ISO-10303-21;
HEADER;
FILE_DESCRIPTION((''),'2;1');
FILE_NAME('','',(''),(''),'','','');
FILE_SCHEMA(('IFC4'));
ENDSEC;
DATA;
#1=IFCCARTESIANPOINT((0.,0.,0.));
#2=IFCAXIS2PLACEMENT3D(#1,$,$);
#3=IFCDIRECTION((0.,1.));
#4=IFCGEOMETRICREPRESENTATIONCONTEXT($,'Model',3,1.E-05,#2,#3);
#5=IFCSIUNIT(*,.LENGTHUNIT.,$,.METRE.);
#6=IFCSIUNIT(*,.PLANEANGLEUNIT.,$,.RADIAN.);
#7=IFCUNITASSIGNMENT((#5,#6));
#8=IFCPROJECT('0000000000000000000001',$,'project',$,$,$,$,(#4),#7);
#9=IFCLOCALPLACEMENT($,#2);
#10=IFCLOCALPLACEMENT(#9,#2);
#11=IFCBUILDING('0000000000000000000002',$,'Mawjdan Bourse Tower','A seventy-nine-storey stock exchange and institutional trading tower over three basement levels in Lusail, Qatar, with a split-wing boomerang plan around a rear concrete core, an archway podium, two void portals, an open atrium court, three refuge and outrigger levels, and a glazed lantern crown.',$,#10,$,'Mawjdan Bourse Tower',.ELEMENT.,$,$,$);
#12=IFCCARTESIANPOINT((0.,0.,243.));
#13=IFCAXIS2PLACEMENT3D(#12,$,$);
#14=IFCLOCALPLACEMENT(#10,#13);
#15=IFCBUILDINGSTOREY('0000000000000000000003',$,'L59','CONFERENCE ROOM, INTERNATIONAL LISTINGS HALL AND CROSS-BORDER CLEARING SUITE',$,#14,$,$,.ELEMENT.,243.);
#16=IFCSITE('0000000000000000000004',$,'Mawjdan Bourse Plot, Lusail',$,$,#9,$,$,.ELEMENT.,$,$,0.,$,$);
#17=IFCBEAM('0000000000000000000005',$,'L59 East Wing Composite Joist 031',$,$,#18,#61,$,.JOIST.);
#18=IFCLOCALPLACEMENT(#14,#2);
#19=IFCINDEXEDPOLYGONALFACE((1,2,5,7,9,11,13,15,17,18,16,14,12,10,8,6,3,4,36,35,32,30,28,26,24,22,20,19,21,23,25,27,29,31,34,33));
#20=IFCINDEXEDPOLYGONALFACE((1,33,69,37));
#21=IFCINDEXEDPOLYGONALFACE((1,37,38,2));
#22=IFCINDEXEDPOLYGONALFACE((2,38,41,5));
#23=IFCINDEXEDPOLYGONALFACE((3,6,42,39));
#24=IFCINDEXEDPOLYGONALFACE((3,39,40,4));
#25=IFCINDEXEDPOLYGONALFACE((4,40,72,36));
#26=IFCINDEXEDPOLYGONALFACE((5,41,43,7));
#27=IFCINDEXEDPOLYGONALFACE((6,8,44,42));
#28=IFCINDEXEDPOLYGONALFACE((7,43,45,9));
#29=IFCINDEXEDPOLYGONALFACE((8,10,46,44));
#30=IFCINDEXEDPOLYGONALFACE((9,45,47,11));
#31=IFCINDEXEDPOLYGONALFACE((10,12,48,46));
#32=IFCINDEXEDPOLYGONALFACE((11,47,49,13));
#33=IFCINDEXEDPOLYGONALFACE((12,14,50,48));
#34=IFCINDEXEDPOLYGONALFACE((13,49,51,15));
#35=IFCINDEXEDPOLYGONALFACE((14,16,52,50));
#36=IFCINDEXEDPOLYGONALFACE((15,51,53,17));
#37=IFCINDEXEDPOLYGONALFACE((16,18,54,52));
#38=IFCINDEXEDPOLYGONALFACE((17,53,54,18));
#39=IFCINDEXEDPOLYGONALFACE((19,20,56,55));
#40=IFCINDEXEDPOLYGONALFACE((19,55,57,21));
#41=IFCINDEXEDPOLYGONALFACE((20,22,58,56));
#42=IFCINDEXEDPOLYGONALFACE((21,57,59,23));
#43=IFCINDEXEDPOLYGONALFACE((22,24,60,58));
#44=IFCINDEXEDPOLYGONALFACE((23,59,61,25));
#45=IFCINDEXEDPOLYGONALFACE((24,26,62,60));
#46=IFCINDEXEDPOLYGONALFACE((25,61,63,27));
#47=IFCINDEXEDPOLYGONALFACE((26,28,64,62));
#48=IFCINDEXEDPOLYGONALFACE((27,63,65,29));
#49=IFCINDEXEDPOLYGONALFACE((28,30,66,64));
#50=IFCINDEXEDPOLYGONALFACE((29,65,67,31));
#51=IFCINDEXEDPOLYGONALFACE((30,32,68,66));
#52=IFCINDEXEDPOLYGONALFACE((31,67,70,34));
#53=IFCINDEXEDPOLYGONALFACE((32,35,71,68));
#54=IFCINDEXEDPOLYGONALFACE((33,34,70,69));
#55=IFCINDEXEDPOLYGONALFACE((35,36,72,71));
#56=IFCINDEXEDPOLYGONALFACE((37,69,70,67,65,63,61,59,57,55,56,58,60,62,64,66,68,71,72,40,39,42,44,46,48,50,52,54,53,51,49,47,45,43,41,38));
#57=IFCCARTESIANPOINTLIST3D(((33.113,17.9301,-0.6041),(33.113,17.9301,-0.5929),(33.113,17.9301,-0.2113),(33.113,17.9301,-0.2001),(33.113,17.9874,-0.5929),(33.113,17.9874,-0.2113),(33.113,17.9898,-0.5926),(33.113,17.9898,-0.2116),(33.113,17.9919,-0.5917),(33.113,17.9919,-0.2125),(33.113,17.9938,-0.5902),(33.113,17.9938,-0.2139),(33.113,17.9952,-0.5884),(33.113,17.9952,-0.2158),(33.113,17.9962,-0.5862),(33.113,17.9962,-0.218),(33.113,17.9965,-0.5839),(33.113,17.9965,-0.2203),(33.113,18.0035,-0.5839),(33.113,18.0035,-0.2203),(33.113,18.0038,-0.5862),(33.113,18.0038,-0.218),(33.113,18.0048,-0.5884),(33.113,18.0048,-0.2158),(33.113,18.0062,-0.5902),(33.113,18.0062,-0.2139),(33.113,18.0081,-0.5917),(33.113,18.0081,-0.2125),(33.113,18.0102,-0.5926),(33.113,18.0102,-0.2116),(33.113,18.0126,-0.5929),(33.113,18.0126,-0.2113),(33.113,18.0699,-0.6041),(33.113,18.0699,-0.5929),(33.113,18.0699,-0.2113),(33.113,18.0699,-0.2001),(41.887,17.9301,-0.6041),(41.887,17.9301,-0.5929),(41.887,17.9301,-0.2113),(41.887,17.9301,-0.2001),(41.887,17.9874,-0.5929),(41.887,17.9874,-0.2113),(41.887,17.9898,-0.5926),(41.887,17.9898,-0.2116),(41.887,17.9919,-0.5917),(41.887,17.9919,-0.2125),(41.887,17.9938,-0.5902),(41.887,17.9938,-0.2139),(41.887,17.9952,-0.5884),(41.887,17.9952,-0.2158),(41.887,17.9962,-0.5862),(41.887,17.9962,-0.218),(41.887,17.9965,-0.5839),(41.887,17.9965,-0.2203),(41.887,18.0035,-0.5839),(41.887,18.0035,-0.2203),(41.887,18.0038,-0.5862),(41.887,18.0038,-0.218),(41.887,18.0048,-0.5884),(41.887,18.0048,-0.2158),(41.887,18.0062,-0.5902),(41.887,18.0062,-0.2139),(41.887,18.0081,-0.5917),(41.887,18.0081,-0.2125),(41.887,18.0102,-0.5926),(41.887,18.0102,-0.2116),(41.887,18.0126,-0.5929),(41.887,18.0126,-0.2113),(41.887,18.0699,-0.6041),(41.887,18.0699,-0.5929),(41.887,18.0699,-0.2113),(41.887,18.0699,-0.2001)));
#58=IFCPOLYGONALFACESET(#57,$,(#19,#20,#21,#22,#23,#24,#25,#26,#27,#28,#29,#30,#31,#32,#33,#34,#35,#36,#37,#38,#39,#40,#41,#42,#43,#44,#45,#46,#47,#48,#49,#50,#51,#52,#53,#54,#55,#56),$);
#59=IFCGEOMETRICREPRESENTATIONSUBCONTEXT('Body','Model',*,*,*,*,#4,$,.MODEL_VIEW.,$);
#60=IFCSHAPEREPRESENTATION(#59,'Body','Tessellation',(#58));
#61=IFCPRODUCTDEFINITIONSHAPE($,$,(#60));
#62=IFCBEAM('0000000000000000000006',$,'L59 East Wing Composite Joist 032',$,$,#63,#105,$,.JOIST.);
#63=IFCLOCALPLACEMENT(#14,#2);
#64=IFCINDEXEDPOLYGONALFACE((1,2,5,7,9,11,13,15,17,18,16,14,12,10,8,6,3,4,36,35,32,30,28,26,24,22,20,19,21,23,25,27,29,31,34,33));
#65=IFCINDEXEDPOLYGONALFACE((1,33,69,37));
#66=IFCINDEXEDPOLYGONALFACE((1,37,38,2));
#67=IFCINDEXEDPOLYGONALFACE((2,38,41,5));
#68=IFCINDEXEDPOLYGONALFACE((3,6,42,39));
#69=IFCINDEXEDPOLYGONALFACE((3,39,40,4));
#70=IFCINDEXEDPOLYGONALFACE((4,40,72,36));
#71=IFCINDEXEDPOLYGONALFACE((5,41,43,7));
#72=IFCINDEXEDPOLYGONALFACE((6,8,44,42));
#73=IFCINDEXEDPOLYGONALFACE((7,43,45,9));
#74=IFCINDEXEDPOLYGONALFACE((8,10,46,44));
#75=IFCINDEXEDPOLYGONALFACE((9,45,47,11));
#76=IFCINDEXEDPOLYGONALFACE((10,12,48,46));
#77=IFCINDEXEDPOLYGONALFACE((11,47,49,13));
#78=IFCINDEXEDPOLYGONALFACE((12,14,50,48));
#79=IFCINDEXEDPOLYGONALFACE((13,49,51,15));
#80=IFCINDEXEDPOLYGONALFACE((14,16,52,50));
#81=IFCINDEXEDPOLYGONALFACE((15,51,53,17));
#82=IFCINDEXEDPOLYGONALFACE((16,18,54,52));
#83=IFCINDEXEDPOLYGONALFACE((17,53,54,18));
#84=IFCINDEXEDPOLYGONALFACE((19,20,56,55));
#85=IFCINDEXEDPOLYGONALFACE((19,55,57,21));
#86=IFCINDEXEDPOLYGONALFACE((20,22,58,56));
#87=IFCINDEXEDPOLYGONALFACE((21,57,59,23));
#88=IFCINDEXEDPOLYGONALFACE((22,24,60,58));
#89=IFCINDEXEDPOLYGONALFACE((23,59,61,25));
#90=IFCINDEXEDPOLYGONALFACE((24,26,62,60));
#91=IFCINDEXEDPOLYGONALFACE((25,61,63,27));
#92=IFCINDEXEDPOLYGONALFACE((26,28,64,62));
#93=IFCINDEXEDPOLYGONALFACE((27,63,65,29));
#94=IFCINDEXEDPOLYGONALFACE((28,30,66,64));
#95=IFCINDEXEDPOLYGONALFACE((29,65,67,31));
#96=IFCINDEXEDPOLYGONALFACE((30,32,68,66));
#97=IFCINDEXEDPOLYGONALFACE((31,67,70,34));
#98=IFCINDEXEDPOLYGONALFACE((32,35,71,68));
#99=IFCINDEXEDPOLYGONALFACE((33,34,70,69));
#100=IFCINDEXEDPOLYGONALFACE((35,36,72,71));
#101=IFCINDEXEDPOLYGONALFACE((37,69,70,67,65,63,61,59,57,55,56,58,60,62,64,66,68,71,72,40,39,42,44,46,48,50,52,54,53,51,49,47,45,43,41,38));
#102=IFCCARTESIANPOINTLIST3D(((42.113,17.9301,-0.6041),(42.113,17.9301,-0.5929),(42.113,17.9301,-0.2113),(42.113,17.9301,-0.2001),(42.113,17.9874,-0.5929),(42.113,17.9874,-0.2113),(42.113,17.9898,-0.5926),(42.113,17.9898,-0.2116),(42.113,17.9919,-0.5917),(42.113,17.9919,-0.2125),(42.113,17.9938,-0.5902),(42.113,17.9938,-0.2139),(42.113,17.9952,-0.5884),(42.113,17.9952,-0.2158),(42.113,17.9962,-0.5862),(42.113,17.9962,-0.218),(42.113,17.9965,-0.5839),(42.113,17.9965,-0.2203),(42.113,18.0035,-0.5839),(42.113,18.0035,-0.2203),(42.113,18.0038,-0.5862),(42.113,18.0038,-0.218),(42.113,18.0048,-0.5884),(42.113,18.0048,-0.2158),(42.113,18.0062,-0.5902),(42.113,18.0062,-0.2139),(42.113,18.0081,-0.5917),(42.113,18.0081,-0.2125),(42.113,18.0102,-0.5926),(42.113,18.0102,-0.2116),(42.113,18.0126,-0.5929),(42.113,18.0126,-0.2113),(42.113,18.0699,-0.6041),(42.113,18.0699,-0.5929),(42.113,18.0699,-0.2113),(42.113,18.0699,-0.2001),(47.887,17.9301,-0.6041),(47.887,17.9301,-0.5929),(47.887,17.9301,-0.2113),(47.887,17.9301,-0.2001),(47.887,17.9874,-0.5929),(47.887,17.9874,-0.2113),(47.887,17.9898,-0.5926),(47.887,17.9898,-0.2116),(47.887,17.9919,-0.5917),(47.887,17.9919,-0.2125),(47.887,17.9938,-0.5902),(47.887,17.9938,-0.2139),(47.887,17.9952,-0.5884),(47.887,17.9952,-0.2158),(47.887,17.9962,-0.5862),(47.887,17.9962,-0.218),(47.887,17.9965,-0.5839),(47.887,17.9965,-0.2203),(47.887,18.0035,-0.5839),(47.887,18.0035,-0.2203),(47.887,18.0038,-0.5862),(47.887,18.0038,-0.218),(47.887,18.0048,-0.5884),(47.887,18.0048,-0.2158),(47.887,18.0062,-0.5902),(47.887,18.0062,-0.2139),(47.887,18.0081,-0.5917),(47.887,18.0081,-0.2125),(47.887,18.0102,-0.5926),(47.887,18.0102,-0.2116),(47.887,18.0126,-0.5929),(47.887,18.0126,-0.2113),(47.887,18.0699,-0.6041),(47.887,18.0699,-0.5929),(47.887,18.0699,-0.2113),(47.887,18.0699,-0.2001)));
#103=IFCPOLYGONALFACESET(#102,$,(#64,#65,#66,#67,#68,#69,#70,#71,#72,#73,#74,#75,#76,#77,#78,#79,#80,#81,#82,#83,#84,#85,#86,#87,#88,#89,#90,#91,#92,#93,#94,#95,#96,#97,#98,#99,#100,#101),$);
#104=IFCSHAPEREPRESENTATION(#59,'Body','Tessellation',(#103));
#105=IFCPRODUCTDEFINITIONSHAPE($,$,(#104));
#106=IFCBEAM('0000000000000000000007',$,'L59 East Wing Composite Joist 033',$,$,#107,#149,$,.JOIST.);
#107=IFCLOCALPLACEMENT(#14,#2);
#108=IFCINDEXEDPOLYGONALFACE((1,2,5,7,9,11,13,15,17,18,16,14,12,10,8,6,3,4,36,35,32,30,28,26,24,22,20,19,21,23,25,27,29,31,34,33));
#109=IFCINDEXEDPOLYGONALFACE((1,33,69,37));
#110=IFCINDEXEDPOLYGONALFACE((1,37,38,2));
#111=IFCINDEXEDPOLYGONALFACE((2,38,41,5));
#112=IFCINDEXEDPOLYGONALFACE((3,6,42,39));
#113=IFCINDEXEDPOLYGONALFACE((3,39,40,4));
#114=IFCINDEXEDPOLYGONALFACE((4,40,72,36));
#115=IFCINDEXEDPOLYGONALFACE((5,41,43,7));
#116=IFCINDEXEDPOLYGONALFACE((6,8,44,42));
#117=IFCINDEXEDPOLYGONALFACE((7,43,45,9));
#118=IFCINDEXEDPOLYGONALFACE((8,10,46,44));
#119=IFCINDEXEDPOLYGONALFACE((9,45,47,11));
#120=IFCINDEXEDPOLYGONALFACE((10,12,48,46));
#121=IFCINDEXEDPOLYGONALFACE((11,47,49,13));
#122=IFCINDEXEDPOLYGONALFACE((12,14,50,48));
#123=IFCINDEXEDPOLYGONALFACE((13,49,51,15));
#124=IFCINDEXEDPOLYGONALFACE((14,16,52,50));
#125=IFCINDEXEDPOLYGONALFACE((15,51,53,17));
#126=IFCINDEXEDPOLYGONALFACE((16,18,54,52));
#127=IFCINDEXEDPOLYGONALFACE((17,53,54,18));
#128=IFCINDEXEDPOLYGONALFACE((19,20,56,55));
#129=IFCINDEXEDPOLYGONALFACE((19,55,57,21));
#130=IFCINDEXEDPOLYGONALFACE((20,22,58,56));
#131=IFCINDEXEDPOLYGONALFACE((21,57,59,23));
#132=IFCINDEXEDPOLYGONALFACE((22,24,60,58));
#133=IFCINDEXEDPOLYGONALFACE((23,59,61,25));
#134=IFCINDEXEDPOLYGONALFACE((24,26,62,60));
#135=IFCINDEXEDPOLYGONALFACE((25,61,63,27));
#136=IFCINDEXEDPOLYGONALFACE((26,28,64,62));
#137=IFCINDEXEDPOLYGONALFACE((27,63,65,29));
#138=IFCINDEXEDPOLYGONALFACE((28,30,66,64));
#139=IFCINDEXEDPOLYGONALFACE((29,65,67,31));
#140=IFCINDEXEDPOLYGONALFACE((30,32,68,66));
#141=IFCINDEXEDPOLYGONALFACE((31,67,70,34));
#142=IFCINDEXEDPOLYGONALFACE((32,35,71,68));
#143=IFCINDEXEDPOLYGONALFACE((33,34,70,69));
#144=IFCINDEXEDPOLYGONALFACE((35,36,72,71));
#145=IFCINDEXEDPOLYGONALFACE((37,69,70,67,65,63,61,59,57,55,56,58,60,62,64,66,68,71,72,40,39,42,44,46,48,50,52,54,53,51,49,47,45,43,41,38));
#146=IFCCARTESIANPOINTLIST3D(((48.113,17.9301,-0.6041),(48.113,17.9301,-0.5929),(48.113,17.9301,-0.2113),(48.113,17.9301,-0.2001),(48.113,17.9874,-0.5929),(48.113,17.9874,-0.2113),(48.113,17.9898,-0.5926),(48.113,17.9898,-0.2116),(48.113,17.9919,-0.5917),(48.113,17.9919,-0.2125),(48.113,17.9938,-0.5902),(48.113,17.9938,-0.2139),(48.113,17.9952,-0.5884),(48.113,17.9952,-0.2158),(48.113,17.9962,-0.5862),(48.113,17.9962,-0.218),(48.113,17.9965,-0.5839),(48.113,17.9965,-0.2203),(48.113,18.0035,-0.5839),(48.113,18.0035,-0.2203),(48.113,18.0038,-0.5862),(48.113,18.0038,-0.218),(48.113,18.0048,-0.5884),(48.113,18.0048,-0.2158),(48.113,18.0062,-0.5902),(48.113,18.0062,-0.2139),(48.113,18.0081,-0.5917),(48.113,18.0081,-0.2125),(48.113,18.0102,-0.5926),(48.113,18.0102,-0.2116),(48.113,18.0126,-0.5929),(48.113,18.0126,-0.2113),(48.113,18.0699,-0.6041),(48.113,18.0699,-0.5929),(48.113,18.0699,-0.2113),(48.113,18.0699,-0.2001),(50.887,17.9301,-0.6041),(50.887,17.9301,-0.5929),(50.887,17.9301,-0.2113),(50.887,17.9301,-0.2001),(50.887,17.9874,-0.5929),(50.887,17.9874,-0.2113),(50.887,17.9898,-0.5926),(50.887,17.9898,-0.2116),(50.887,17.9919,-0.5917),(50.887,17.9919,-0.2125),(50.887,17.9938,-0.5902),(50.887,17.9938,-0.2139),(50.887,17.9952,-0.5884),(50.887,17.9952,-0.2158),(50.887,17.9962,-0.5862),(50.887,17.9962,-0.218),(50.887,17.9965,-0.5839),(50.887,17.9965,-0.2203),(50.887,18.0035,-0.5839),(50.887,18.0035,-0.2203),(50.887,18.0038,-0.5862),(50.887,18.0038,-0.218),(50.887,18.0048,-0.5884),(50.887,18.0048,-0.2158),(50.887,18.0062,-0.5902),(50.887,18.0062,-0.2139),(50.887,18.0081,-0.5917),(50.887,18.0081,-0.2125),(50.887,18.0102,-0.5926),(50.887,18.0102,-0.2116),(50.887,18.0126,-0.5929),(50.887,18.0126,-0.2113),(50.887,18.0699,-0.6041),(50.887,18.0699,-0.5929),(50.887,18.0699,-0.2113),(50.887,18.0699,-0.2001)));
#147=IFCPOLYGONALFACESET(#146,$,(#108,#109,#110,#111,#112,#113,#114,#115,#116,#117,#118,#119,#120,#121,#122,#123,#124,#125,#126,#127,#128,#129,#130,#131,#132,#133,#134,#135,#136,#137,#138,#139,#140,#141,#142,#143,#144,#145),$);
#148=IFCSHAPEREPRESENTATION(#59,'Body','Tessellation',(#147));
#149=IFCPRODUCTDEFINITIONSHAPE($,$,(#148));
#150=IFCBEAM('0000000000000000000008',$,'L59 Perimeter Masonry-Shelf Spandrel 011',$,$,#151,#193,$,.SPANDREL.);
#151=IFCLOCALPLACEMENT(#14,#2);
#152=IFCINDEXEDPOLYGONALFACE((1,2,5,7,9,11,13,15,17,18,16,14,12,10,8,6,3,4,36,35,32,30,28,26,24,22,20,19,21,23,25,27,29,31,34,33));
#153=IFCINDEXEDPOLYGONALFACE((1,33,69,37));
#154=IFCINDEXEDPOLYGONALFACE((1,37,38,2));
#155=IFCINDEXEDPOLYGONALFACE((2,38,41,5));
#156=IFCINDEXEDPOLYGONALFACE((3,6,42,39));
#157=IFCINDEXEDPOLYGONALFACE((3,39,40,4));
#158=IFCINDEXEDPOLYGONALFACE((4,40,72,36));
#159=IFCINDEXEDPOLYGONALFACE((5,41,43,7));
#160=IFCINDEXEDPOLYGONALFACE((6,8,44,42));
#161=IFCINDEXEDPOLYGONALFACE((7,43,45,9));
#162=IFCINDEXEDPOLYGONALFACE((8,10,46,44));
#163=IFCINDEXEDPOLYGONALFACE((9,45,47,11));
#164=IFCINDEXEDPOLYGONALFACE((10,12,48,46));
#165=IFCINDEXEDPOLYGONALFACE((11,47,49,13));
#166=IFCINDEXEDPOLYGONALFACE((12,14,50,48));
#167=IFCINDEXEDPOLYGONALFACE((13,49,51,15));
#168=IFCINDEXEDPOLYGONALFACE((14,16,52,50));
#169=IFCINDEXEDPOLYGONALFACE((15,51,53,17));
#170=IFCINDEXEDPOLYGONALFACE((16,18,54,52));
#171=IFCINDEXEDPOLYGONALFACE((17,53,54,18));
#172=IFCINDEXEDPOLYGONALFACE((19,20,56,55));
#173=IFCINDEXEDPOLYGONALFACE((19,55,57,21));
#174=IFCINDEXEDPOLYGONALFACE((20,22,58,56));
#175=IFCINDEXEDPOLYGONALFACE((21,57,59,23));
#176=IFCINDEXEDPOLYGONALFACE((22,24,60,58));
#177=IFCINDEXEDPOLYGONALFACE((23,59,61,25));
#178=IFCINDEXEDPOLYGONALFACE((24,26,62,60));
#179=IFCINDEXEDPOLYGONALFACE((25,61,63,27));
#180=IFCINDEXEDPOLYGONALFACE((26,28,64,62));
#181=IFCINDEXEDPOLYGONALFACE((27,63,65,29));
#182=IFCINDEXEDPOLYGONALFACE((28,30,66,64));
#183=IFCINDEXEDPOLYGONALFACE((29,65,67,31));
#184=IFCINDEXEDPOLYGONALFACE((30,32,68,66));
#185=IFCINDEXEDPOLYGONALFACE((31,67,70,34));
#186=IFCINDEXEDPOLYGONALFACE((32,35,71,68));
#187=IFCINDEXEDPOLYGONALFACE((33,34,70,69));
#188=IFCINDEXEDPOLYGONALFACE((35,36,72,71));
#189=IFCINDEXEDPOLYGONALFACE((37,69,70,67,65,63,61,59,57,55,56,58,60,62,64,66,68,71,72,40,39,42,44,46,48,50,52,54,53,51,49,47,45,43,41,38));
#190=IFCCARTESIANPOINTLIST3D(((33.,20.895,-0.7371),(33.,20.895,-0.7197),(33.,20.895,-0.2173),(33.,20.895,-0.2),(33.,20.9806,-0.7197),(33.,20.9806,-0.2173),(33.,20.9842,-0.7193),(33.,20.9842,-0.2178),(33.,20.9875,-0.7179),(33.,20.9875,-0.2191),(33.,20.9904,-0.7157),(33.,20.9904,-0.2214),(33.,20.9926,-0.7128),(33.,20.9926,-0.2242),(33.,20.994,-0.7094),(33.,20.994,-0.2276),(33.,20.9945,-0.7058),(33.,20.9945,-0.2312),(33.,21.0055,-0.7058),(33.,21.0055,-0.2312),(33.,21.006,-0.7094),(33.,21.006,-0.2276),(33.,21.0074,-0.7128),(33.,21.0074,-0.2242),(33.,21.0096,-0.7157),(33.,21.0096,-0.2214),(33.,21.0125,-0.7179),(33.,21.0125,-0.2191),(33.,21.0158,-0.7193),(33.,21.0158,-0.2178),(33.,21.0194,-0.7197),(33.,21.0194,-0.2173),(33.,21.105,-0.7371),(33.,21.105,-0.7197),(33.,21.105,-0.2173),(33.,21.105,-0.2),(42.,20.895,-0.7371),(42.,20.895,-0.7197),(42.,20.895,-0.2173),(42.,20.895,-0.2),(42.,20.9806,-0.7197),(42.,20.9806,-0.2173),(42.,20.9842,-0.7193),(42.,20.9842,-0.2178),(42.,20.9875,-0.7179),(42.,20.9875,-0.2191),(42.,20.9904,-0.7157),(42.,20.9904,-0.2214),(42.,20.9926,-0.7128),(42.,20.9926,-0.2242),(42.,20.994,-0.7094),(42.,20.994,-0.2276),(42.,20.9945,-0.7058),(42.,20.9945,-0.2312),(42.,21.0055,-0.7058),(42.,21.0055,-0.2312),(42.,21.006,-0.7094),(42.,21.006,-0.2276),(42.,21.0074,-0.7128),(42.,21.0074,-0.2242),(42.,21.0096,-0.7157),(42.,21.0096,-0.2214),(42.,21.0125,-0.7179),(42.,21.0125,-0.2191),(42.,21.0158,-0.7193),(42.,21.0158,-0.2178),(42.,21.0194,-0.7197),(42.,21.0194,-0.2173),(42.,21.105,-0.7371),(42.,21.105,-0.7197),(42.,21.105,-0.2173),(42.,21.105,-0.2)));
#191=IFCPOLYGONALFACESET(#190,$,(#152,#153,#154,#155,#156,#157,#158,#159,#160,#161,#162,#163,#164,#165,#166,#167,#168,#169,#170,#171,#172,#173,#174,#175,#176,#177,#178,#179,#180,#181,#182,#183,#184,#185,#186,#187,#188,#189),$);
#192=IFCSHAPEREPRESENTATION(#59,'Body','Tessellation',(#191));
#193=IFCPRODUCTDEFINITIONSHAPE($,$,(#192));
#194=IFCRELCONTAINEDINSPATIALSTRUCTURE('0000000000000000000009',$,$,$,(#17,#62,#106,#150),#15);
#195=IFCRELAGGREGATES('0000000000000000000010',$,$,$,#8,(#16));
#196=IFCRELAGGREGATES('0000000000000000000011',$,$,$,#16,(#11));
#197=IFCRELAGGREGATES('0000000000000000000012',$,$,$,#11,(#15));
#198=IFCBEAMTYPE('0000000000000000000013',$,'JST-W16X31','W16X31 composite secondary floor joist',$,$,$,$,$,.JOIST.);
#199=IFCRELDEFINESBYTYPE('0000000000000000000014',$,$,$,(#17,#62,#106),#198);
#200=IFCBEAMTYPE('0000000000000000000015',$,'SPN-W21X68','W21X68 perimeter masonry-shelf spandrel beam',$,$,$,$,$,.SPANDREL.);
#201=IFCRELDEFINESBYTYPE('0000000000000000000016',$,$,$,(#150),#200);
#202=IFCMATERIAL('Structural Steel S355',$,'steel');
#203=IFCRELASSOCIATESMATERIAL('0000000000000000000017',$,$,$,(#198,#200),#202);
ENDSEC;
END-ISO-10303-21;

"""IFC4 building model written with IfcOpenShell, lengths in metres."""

from ifc_helpers import new_model, si_unit, direction, frame, origin, origin_2d, place, context, subcontext, project, spatial, i_section, extrude, material, material_profile, profile_set, type_object, element, save


model = new_model("IFC4")

# Units and contexts
model_context = context("Model", 3, precision=1e-05, world=origin(), true_north=direction((0.0, 1.0)))
body_context = subcontext(model_context, "Body", "Model", "MODEL_VIEW")
ifc_project = project(units=[si_unit("LENGTHUNIT", "METRE"), si_unit("PLANEANGLEUNIT", "RADIAN")], contexts=[model_context])

# Site, building, storey
site_placement = place(None, origin())
site = spatial("IfcSite", under=ifc_project, at=site_placement, Name="Mawjdan Bourse Plot, Lusail", CompositionType="ELEMENT", RefElevation=0.0)
building_placement = place(site_placement, origin())
building = spatial("IfcBuilding", under=site, at=building_placement, Name="Mawjdan Bourse Tower", Description="A seventy-nine-storey stock exchange and institutional trading tower over three basement levels in Lusail, Qatar, with a split-wing boomerang plan around a rear concrete core, an archway podium, two void portals, an open atrium court, three refuge and outrigger levels, and a glazed lantern crown.", LongName="Mawjdan Bourse Tower", CompositionType="ELEMENT")
storey_placement = place(building_placement, frame((0.0, 0.0, 243.0)))
storey = spatial("IfcBuildingStorey", under=building, at=storey_placement, Name="L59", Description="CONFERENCE ROOM, INTERNATIONAL LISTINGS HALL AND CROSS-BORDER CLEARING SUITE", CompositionType="ELEMENT", Elevation=243.0)

# Beams
ifc_material_1 = material(Name="Structural Steel S355", Category="steel")
ifc_material_profile_1 = material_profile(ifc_material_1, i_section(OverallWidth=0.1399, OverallDepth=0.4041, WebThickness=0.0071, FlangeThickness=0.0112, FilletRadius=0.009, at=origin_2d()), Name="W16X31")
ifc_profile_set_1 = profile_set([ifc_material_profile_1], Name="Structural Steel S355")
beam_type_1 = type_object("IfcBeamType", Name="JST-W16X31", Description="W16X31 composite secondary floor joist", PredefinedType="JOIST", material=ifc_profile_set_1)
beam_1_placement = place(storey_placement, frame((33.113, 18.0, -0.4021), z_axis=(1.0, 0.0, 0.0), x_axis=(0.0, 1.0, 0.0)))
element("IfcBeam", 1, at=beam_1_placement, inside=storey, type_object=beam_type_1, Name="L59 East Wing Composite Joist 031", PredefinedType="JOIST", context=body_context, shape_type="SweptSolid", body=[
    extrude(i_section(OverallWidth=0.1399, OverallDepth=0.4041, WebThickness=0.0071, FlangeThickness=0.0112, FilletRadius=0.009, at=origin_2d()), origin(), (0.0, 0.0, 1.0), 8.7739),
])
beam_2_placement = place(storey_placement, frame((42.113, 18.0, -0.4021), z_axis=(1.0, 0.0, 0.0), x_axis=(0.0, 1.0, 0.0)))
element("IfcBeam", 2, at=beam_2_placement, inside=storey, type_object=beam_type_1, Name="L59 East Wing Composite Joist 032", PredefinedType="JOIST", context=body_context, shape_type="SweptSolid", body=[
    extrude(i_section(OverallWidth=0.1399, OverallDepth=0.4041, WebThickness=0.0071, FlangeThickness=0.0112, FilletRadius=0.009, at=origin_2d()), origin(), (0.0, 0.0, 1.0), 5.7739),
])
beam_3_placement = place(storey_placement, frame((48.113, 18.0, -0.4021), z_axis=(1.0, 0.0, 0.0), x_axis=(0.0, 1.0, 0.0)))
element("IfcBeam", 3, at=beam_3_placement, inside=storey, type_object=beam_type_1, Name="L59 East Wing Composite Joist 033", PredefinedType="JOIST", context=body_context, shape_type="SweptSolid", body=[
    extrude(i_section(OverallWidth=0.1399, OverallDepth=0.4041, WebThickness=0.0071, FlangeThickness=0.0112, FilletRadius=0.009, at=origin_2d()), origin(), (0.0, 0.0, 1.0), 2.7739),
])
ifc_material_profile_2 = material_profile(ifc_material_1, i_section(OverallWidth=0.21, OverallDepth=0.5371, WebThickness=0.011, FlangeThickness=0.0173, FilletRadius=0.0139, at=origin_2d()), Name="W21X68")
ifc_profile_set_2 = profile_set([ifc_material_profile_2], Name="Structural Steel S355")
beam_type_2 = type_object("IfcBeamType", Name="SPN-W21X68", Description="W21X68 perimeter masonry-shelf spandrel beam", PredefinedType="SPANDREL", material=ifc_profile_set_2)
beam_4_placement = place(storey_placement, frame((33.0, 21.0, -0.4685), z_axis=(1.0, 0.0, 0.0), x_axis=(0.0, 1.0, 0.0)))
element("IfcBeam", 4, at=beam_4_placement, inside=storey, type_object=beam_type_2, Name="L59 Perimeter Masonry-Shelf Spandrel 011", PredefinedType="SPANDREL", context=body_context, shape_type="SweptSolid", body=[
    extrude(i_section(OverallWidth=0.21, OverallDepth=0.5371, WebThickness=0.011, FlangeThickness=0.0173, FilletRadius=0.0139, at=origin_2d()), origin(), (0.0, 0.0, 1.0), 9.0),
])

save(model, "model.ifc")
